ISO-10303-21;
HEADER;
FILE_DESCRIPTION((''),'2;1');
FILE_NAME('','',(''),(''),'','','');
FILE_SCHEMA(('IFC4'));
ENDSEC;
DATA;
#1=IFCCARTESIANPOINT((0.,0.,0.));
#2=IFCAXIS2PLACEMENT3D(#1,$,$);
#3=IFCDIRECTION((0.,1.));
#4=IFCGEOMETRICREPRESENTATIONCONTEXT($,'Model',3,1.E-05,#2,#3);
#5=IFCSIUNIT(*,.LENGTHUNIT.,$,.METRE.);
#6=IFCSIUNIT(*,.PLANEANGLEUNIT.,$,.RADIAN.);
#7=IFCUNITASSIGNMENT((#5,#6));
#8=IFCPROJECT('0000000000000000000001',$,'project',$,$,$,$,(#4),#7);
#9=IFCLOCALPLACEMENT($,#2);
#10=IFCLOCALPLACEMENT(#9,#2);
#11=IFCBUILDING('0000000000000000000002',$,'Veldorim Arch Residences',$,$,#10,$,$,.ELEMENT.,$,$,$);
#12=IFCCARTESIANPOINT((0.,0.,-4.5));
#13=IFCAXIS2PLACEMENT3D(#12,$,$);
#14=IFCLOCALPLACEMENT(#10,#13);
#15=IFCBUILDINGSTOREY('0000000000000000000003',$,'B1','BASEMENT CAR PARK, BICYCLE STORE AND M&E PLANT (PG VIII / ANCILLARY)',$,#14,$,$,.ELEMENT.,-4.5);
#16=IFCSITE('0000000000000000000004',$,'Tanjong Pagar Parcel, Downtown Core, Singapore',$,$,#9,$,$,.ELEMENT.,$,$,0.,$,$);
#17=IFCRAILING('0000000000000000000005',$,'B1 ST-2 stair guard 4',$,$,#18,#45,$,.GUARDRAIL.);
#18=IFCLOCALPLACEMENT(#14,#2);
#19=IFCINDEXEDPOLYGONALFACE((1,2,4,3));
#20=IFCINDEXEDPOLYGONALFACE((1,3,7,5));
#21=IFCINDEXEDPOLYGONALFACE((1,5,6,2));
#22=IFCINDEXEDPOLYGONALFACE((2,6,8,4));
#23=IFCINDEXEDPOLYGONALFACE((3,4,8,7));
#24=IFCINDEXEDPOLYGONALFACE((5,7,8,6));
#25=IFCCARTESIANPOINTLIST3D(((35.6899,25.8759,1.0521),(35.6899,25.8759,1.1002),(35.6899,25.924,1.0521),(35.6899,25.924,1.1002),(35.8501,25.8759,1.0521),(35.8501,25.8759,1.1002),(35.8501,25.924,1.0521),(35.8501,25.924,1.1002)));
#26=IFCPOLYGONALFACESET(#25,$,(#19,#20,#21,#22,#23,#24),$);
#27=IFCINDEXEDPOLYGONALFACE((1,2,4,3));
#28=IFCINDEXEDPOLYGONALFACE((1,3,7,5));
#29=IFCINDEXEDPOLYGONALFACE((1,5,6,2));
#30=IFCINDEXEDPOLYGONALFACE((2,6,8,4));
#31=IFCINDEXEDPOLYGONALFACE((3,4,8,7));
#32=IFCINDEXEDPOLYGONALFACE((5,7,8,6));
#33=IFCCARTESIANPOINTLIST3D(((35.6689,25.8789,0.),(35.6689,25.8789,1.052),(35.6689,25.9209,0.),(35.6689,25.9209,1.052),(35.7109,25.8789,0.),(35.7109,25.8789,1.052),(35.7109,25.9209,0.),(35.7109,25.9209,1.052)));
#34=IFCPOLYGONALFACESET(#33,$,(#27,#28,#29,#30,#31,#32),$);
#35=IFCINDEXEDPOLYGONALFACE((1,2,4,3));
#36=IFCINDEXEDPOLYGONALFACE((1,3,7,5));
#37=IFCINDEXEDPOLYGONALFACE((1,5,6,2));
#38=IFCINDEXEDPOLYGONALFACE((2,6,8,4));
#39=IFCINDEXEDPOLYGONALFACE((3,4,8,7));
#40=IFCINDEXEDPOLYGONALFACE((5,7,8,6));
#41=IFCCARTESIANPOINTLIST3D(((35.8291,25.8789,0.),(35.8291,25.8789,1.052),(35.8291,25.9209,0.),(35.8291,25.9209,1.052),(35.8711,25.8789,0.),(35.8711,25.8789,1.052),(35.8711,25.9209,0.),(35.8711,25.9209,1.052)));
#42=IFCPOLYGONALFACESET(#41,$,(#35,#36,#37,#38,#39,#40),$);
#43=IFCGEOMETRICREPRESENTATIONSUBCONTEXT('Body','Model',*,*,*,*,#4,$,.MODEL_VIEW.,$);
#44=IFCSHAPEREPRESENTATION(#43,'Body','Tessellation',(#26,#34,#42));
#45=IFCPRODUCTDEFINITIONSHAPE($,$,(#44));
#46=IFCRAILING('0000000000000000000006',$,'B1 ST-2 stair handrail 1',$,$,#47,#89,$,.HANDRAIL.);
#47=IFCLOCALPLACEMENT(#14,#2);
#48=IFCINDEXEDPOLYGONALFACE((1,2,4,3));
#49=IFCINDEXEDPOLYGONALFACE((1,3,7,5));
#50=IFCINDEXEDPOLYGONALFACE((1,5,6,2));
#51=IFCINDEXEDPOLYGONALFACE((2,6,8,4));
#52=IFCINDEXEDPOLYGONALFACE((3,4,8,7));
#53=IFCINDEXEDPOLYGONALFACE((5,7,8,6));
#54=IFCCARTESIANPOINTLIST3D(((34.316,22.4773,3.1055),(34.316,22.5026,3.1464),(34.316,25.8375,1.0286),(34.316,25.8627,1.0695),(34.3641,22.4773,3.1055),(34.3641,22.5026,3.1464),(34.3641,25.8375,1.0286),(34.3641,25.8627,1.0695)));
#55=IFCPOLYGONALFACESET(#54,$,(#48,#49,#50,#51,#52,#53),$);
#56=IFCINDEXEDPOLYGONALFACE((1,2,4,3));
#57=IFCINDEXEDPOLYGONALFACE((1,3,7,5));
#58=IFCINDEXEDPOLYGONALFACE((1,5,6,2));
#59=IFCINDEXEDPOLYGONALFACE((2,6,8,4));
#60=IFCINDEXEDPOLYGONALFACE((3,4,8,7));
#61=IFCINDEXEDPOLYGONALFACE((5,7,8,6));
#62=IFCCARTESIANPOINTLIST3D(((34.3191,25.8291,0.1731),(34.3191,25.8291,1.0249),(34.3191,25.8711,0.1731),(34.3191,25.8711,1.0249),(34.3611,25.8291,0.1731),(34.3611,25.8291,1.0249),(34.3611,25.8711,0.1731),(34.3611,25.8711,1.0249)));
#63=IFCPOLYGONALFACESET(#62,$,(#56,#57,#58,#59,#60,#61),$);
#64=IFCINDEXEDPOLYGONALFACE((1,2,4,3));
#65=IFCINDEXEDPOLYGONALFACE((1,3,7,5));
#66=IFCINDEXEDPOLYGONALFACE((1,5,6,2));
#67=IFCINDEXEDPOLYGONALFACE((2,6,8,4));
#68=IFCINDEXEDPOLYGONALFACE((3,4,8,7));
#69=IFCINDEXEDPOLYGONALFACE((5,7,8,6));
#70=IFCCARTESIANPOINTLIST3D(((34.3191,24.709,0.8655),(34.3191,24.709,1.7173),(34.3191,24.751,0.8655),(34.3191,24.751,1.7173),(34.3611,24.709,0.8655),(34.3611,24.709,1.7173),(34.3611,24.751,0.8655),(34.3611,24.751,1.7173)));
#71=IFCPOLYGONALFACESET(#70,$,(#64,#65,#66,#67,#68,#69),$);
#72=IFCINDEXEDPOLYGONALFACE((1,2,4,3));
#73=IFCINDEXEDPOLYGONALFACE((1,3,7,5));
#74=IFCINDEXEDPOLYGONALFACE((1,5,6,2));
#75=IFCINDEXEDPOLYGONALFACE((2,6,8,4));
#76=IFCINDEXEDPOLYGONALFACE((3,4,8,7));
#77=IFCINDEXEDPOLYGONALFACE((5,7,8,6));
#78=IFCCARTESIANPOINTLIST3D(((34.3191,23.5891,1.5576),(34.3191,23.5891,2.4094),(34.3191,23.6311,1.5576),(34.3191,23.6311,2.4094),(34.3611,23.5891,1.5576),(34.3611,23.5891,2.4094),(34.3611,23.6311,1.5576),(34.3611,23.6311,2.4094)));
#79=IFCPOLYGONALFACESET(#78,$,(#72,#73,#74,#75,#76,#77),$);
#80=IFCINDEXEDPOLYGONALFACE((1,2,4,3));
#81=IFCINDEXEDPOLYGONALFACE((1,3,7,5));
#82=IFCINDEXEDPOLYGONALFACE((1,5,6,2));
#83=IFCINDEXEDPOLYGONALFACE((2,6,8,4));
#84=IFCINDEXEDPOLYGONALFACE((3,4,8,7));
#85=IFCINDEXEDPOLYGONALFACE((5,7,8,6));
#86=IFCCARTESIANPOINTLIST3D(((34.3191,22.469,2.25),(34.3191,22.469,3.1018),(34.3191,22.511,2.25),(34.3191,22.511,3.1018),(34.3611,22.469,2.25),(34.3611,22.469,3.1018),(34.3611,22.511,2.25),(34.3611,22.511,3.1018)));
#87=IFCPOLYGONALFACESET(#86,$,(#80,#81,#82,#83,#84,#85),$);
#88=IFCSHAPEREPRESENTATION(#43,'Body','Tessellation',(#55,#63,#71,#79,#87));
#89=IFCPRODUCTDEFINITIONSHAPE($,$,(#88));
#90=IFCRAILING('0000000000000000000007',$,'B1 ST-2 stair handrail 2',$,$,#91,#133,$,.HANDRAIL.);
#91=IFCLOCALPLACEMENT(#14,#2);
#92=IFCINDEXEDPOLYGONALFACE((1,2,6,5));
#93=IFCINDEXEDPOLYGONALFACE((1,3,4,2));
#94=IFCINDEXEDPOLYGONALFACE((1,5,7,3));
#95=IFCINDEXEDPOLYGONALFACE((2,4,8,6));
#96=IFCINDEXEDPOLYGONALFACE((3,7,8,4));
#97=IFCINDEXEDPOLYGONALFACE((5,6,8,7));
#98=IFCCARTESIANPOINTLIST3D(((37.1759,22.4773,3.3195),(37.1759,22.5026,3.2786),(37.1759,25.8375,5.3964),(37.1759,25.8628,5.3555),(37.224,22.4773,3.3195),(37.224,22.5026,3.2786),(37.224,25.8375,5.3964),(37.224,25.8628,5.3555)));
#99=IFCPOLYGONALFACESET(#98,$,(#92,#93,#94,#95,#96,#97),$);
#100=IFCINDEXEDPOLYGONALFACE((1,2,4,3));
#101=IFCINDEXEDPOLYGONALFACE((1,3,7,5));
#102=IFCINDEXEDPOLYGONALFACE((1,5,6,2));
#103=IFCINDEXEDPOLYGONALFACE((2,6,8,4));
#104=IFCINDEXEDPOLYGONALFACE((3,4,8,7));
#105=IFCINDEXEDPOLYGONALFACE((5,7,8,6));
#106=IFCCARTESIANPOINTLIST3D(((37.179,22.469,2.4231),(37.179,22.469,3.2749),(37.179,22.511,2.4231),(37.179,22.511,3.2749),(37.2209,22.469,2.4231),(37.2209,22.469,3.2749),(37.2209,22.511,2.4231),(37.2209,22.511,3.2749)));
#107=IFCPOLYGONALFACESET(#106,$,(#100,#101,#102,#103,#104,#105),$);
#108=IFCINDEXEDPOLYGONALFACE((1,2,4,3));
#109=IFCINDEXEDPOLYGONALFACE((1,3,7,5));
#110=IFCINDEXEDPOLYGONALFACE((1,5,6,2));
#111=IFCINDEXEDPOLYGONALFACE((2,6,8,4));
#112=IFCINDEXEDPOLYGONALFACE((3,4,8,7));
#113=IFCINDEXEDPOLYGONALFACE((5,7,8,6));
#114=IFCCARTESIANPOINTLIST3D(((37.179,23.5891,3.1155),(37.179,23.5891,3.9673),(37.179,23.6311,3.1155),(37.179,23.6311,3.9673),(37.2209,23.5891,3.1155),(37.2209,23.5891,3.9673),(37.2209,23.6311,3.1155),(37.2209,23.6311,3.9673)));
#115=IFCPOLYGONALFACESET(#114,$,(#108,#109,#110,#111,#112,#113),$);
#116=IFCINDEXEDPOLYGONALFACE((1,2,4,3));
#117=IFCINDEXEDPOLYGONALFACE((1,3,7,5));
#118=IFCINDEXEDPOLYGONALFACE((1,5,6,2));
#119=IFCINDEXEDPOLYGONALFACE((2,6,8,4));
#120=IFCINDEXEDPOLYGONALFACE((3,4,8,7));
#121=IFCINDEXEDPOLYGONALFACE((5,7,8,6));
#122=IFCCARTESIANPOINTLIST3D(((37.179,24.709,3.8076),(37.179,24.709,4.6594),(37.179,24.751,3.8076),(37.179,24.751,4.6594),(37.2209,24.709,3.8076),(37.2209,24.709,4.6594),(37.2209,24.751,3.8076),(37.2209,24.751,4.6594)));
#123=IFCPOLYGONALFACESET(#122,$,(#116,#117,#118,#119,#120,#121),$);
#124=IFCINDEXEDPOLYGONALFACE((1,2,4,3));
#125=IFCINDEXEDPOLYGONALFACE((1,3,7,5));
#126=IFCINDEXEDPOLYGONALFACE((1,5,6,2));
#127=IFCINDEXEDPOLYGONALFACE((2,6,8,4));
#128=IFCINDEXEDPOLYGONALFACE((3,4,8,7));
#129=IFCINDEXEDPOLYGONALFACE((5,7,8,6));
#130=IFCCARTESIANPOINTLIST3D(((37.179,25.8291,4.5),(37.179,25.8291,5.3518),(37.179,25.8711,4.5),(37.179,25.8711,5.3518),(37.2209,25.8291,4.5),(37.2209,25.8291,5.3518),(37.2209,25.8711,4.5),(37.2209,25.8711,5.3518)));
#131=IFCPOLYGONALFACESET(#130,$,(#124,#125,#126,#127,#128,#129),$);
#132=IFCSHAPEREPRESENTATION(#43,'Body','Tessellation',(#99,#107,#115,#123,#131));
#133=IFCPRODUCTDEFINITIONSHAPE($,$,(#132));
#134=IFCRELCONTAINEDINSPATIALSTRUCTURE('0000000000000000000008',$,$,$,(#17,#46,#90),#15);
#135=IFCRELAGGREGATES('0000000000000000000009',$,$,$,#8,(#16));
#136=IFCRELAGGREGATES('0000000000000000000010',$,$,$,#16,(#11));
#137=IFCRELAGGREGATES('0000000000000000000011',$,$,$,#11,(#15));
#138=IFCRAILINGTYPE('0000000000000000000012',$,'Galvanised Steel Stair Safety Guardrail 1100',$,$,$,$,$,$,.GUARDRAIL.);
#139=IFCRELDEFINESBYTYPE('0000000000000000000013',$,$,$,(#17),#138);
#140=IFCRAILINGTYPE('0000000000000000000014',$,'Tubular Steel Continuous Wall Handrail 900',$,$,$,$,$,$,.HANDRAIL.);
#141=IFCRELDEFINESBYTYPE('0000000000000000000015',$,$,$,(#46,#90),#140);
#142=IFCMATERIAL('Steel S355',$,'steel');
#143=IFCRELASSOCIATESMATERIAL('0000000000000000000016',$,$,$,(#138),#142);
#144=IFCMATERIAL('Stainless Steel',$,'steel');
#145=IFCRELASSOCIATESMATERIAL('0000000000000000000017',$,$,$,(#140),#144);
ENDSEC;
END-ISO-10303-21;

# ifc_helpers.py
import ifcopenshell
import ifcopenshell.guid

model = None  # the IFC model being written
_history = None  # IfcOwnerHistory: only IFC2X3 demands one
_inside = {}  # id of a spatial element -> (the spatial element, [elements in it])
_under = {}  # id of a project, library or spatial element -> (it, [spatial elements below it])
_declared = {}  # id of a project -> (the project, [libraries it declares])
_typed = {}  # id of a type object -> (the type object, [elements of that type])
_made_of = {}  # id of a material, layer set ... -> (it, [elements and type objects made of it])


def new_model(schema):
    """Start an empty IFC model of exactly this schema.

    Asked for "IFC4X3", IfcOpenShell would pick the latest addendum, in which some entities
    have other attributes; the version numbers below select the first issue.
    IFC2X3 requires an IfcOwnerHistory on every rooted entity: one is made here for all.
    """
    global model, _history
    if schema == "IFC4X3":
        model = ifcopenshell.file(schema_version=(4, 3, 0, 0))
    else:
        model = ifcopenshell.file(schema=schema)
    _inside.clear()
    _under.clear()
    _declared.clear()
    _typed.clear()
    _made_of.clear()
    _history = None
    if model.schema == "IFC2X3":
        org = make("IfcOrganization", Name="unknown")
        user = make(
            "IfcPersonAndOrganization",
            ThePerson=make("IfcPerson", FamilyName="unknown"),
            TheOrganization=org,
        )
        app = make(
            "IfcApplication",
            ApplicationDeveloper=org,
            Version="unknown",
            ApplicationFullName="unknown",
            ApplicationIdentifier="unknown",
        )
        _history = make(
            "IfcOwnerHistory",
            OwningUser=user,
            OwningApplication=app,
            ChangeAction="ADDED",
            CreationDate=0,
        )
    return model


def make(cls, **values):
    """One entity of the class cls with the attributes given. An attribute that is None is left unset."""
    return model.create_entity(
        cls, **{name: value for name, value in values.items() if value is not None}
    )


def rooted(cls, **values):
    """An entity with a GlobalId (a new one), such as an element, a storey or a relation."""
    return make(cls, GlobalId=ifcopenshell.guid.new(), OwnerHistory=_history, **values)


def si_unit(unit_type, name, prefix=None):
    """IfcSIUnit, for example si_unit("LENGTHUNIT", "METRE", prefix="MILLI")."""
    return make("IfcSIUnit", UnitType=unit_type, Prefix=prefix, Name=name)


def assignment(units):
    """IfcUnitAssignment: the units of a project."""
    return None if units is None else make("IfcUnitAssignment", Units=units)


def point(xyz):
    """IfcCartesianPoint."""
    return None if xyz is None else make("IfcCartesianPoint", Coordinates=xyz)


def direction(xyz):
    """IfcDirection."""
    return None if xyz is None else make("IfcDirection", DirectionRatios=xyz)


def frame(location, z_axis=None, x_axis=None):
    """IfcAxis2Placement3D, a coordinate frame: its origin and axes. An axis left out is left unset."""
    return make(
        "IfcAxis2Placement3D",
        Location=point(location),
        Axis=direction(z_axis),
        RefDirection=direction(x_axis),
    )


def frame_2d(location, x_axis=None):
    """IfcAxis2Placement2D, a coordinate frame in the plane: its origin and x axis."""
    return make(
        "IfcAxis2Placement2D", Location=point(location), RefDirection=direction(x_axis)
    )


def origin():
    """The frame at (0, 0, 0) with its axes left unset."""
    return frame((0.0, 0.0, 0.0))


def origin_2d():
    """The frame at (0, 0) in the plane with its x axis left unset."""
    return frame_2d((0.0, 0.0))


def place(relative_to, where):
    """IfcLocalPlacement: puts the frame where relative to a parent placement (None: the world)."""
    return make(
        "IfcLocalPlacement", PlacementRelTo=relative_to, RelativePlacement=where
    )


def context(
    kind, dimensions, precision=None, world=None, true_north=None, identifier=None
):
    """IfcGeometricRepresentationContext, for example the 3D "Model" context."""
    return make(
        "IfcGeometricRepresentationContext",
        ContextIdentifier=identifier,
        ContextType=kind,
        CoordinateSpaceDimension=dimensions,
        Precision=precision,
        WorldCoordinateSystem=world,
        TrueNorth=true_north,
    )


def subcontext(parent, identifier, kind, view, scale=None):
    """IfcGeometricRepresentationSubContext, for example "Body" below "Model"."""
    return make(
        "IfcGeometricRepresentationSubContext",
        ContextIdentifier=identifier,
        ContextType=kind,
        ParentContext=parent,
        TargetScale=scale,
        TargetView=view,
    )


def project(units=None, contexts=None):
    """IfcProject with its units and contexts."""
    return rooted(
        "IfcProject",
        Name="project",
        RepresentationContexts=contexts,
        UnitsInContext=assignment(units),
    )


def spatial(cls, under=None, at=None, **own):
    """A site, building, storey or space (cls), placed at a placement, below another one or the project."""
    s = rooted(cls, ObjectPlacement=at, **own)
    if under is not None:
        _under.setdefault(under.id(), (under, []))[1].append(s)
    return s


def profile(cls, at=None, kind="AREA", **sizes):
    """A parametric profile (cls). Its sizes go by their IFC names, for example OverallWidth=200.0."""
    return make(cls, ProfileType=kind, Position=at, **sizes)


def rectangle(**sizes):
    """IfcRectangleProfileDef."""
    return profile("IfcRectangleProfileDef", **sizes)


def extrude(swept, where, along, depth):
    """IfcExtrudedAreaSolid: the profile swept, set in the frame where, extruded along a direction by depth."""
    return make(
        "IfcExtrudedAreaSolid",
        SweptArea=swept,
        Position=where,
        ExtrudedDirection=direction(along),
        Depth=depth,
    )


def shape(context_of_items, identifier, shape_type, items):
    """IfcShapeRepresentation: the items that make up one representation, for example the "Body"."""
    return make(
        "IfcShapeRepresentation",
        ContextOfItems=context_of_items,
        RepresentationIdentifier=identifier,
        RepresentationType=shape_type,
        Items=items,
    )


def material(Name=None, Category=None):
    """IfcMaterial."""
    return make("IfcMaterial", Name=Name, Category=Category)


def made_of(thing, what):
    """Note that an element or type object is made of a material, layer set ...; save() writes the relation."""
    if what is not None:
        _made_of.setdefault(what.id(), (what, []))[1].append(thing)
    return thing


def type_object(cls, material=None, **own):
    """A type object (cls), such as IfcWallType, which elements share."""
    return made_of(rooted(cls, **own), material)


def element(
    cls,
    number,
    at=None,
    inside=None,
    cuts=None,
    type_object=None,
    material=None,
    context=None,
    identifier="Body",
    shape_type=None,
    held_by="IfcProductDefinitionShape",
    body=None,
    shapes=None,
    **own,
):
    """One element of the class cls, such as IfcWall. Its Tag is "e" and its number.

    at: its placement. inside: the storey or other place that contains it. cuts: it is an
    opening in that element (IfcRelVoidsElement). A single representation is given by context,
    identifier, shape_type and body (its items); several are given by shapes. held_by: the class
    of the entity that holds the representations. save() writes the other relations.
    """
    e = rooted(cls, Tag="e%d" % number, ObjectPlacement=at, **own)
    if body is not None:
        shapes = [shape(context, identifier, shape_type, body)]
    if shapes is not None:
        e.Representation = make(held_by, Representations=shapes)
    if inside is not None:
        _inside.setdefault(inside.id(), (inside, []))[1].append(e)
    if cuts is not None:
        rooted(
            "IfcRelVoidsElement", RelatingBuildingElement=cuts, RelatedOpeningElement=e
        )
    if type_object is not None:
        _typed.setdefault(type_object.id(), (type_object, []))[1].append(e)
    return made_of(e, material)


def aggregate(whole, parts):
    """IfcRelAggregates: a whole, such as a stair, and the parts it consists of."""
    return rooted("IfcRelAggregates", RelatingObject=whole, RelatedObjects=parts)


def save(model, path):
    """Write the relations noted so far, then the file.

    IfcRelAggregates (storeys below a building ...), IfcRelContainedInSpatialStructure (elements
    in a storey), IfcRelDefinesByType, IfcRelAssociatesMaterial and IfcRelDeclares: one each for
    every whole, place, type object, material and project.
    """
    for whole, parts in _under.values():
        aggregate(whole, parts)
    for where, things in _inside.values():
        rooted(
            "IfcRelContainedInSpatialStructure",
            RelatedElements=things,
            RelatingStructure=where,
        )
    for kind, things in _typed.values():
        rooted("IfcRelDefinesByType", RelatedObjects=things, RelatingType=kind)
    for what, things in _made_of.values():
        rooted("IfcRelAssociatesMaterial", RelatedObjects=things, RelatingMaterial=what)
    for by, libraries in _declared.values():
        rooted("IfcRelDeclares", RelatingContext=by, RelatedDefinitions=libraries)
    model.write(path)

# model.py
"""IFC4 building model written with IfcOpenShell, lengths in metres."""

from ifc_helpers import new_model, si_unit, direction, frame, origin, origin_2d, place, context, subcontext, project, spatial, rectangle, extrude, material, type_object, element, save


model = new_model("IFC4")

# Units and contexts
model_context = context("Model", 3, precision=1e-05, world=origin(), true_north=direction((0.0, 1.0)))
body_context = subcontext(model_context, "Body", "Model", "MODEL_VIEW")
ifc_project = project(units=[si_unit("LENGTHUNIT", "METRE"), si_unit("PLANEANGLEUNIT", "RADIAN")], contexts=[model_context])

# Site, building, storey
site_placement = place(None, origin())
site = spatial("IfcSite", under=ifc_project, at=site_placement, Name="Tanjong Pagar Parcel, Downtown Core, Singapore", CompositionType="ELEMENT", RefElevation=0.0)
building_placement = place(site_placement, origin())
building = spatial("IfcBuilding", under=site, at=building_placement, Name="Veldorim Arch Residences", CompositionType="ELEMENT")
storey_placement = place(building_placement, frame((0.0, 0.0, -4.5)))
storey = spatial("IfcBuildingStorey", under=building, at=storey_placement, Name="B1", Description="BASEMENT CAR PARK, BICYCLE STORE AND M&E PLANT (PG VIII / ANCILLARY)", CompositionType="ELEMENT", Elevation=-4.5)

# Railings
ifc_material_1 = material(Name="Steel S355", Category="steel")
railing_type_1 = type_object("IfcRailingType", Name="Galvanised Steel Stair Safety Guardrail 1100", PredefinedType="GUARDRAIL", material=ifc_material_1)
railing_1_placement = place(storey_placement, frame((35.6899, 25.8999, 0.0)))
element("IfcRailing", 1, at=railing_1_placement, inside=storey, type_object=railing_type_1, Name="B1 ST-2 stair guard 4", PredefinedType="GUARDRAIL", context=body_context, shape_type="SweptSolid", body=[
    extrude(rectangle(XDim=0.0481, YDim=0.0481, at=origin_2d()), frame((0.0, 0.0, 1.0762), z_axis=(1.0, 0.0, 0.0), x_axis=(0.0, 1.0, 0.0)), (0.0, 0.0, 1.0), 0.1602),
    extrude(rectangle(XDim=0.042, YDim=0.042, at=origin_2d()), origin(), (0.0, 0.0, 1.0), 1.052),
    extrude(rectangle(XDim=0.042, YDim=0.042, at=origin_2d()), frame((0.1602, 0.0, 0.0)), (0.0, 0.0, 1.0), 1.052),
])
ifc_material_2 = material(Name="Stainless Steel", Category="steel")
railing_type_2 = type_object("IfcRailingType", Name="Tubular Steel Continuous Wall Handrail 900", PredefinedType="HANDRAIL", material=ifc_material_2)
railing_2_placement = place(storey_placement, frame((34.3401, 25.8501, 0.1731)))
element("IfcRailing", 2, at=railing_2_placement, inside=storey, type_object=railing_type_2, Name="B1 ST-2 stair handrail 1", PredefinedType="HANDRAIL", context=body_context, shape_type="SweptSolid", body=[
    extrude(rectangle(XDim=0.0481, YDim=0.0481, at=origin_2d()), frame((0.0, 0.0, 0.876), z_axis=(0.0, -0.850623, 0.525776), x_axis=(1.0, 0.0, 0.0)), (0.0, 0.0, 1.0), 3.9502),
    extrude(rectangle(XDim=0.042, YDim=0.042, at=origin_2d()), origin(), (0.0, 0.0, 1.0), 0.8518),
    extrude(rectangle(XDim=0.042, YDim=0.042, at=origin_2d()), frame((0.0, -1.1201, 0.6924)), (0.0, 0.0, 1.0), 0.8518),
    extrude(rectangle(XDim=0.042, YDim=0.042, at=origin_2d()), frame((0.0, -2.24, 1.3845)), (0.0, 0.0, 1.0), 0.8518),
    extrude(rectangle(XDim=0.042, YDim=0.042, at=origin_2d()), frame((0.0, -3.3601, 2.0769)), (0.0, 0.0, 1.0), 0.8518),
])
railing_3_placement = place(storey_placement, frame((37.2, 22.49, 2.4231)))
element("IfcRailing", 3, at=railing_3_placement, inside=storey, type_object=railing_type_2, Name="B1 ST-2 stair handrail 2", PredefinedType="HANDRAIL", context=body_context, shape_type="SweptSolid", body=[
    extrude(rectangle(XDim=0.0481, YDim=0.0481, at=origin_2d()), frame((0.0, 0.0, 0.876), z_axis=(0.0, 0.850623, 0.525776), x_axis=(-1.0, 0.0, 0.0)), (0.0, 0.0, 1.0), 3.9502),
    extrude(rectangle(XDim=0.042, YDim=0.042, at=origin_2d()), origin(), (0.0, 0.0, 1.0), 0.8518),
    extrude(rectangle(XDim=0.042, YDim=0.042, at=origin_2d()), frame((0.0, 1.1201, 0.6924)), (0.0, 0.0, 1.0), 0.8518),
    extrude(rectangle(XDim=0.042, YDim=0.042, at=origin_2d()), frame((0.0, 2.24, 1.3845)), (0.0, 0.0, 1.0), 0.8518),
    extrude(rectangle(XDim=0.042, YDim=0.042, at=origin_2d()), frame((0.0, 3.3601, 2.0769)), (0.0, 0.0, 1.0), 0.8518),
])

save(model, "model.ifc")
